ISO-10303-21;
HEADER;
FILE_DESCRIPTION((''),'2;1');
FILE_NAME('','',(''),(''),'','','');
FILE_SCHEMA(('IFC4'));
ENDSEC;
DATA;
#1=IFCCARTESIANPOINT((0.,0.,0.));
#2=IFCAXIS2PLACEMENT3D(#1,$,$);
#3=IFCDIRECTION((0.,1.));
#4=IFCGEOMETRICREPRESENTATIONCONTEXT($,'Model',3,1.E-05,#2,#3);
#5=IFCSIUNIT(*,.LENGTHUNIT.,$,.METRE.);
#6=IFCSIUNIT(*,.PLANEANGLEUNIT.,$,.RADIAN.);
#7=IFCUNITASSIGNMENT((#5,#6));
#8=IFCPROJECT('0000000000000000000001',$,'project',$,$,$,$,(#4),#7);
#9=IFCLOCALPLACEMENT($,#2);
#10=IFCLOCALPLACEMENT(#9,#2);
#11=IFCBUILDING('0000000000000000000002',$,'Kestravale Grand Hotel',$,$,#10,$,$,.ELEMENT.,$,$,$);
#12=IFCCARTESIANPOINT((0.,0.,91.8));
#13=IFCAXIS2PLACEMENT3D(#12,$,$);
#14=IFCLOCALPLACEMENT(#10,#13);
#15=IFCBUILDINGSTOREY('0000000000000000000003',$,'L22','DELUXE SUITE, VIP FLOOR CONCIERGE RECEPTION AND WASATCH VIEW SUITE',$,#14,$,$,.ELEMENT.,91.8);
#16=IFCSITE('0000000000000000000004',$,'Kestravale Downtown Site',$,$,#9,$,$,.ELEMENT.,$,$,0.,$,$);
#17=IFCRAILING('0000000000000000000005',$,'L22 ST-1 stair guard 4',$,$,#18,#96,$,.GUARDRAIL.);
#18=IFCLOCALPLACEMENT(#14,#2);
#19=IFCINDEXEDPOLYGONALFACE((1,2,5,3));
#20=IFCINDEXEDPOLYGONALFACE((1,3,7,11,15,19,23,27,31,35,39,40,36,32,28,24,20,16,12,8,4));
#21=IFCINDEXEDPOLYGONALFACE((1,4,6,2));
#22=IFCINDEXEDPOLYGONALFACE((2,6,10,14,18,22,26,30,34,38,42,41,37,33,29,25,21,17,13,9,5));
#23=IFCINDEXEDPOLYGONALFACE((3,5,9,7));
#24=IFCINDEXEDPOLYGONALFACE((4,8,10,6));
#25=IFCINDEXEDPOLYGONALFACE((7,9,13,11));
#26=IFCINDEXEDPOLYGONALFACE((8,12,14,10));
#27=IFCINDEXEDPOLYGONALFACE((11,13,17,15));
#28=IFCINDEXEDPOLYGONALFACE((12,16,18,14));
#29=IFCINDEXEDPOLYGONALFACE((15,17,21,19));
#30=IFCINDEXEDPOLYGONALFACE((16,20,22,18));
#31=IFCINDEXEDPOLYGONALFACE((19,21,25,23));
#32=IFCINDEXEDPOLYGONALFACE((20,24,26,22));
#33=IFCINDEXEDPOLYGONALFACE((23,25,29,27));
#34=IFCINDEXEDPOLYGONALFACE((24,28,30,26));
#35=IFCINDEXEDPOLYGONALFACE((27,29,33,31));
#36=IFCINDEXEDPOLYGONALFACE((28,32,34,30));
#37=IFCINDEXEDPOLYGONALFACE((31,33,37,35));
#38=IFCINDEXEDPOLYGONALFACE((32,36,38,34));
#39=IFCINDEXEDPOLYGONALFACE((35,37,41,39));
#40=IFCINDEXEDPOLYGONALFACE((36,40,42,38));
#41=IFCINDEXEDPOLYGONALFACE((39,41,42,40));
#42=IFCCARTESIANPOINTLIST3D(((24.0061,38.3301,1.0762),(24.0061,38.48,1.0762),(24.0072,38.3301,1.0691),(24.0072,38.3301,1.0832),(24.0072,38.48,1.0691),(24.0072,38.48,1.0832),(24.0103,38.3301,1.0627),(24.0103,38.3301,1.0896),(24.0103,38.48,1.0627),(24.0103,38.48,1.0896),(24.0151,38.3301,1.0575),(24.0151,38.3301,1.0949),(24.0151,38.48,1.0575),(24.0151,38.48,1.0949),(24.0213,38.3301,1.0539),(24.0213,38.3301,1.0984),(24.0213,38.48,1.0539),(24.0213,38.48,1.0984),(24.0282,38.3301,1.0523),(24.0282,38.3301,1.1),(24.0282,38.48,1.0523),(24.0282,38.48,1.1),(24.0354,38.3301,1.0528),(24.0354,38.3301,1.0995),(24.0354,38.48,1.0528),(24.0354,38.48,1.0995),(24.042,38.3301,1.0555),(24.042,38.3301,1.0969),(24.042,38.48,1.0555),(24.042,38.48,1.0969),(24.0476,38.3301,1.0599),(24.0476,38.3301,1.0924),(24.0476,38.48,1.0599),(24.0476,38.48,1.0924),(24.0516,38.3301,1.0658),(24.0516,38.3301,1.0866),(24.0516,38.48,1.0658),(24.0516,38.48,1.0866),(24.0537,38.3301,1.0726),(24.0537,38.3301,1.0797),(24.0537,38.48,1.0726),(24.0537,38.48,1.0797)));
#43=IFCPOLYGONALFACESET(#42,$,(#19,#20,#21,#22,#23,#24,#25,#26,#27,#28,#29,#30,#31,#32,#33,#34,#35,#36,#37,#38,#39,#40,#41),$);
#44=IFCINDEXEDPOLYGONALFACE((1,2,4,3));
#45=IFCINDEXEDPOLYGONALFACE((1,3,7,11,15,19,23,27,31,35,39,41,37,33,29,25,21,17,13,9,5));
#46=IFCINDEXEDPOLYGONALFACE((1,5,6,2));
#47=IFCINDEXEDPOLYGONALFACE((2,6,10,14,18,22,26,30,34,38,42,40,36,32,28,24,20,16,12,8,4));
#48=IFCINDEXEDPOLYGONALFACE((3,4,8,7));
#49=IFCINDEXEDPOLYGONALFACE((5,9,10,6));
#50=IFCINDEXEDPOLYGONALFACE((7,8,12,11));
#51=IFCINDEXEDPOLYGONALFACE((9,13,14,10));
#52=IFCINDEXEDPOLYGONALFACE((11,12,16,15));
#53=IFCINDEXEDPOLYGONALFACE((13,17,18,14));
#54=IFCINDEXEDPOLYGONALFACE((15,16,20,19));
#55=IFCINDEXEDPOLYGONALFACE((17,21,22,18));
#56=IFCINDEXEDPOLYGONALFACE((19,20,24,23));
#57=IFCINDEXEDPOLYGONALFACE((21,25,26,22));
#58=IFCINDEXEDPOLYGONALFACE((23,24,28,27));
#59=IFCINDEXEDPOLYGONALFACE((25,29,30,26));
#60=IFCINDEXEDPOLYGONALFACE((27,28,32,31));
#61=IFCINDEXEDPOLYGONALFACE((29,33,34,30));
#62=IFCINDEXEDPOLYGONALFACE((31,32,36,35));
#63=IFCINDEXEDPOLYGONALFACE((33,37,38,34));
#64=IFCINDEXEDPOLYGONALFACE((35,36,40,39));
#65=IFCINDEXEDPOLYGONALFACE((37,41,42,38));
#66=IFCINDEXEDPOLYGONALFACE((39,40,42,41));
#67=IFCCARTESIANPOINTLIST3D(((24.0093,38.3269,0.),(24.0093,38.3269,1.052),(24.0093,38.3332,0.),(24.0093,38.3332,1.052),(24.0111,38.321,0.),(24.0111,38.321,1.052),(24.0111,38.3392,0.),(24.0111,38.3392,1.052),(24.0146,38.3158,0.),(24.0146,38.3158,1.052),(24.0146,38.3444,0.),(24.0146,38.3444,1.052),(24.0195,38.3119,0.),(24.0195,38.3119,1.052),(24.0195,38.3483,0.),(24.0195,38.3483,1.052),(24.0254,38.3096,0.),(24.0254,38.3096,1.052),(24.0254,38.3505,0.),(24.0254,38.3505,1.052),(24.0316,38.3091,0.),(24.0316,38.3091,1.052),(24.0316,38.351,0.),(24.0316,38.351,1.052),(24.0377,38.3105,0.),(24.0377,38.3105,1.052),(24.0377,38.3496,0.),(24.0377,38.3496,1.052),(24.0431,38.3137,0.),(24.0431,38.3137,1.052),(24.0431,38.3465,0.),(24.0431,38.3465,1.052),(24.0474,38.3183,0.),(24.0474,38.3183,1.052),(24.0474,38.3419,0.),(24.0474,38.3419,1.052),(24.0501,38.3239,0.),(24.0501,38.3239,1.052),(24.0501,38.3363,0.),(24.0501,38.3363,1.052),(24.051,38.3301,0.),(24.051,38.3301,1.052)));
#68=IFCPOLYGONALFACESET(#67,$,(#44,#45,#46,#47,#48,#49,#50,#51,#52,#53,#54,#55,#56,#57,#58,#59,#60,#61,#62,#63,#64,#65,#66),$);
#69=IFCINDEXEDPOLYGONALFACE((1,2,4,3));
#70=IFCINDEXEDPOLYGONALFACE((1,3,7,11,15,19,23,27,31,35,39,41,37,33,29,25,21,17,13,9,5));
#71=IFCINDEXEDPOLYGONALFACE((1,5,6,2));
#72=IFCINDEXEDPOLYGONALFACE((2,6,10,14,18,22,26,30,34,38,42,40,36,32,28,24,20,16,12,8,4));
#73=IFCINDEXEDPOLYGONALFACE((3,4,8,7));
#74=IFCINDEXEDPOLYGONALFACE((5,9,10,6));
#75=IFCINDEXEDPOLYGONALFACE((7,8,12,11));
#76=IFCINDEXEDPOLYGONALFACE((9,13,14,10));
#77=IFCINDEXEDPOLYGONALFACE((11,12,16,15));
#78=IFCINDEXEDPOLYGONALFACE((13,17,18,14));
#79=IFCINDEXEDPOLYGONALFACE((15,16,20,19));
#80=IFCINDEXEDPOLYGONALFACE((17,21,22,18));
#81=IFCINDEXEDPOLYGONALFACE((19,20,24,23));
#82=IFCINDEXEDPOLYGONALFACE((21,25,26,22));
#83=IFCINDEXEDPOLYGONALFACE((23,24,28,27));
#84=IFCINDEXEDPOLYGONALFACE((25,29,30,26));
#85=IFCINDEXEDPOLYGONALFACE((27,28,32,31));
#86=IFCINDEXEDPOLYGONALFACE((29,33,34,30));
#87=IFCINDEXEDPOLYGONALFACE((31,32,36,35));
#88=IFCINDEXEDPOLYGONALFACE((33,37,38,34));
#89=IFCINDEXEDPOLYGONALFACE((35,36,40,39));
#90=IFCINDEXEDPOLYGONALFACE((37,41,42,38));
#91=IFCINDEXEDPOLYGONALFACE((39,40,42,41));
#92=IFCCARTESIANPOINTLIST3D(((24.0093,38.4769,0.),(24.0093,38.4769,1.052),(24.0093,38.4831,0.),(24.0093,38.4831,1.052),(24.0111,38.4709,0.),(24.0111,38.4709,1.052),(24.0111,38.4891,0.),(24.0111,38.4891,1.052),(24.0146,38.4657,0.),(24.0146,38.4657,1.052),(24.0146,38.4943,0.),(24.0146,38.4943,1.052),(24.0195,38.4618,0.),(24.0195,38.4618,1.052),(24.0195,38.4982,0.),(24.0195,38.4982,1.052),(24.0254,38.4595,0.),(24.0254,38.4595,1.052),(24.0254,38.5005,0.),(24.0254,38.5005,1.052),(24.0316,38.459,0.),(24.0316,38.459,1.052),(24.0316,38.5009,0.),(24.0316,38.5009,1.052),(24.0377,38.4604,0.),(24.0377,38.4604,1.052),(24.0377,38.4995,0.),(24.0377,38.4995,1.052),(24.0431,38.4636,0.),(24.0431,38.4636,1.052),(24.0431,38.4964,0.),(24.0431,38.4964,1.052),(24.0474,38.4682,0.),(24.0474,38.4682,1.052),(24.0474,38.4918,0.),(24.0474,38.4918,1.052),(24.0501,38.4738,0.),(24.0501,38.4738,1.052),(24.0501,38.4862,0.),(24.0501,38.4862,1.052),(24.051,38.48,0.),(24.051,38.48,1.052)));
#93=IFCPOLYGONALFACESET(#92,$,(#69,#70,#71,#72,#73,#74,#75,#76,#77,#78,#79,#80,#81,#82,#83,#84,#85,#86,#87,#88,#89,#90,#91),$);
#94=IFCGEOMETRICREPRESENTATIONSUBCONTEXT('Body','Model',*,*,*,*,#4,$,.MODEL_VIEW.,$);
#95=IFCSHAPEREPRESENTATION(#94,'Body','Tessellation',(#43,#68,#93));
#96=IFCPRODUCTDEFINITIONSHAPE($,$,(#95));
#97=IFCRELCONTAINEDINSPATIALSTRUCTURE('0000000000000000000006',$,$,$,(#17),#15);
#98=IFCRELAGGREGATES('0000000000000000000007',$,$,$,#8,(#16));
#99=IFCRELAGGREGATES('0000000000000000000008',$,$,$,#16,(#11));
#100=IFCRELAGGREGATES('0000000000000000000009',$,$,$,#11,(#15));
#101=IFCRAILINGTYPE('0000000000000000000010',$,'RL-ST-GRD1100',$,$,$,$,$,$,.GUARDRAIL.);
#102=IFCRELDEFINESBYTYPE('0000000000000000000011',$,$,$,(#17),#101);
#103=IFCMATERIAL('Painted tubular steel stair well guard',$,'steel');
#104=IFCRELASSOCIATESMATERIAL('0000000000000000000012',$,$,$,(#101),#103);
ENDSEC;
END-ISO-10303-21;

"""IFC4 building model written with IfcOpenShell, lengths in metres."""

from ifc_helpers import new_model, si_unit, direction, frame, origin, origin_2d, place, context, subcontext, project, spatial, circle, extrude, material, type_object, element, save


model = new_model("IFC4")

# Units and contexts
model_context = context("Model", 3, precision=1e-05, world=origin(), true_north=direction((0.0, 1.0)))
body_context = subcontext(model_context, "Body", "Model", "MODEL_VIEW")
ifc_project = project(units=[si_unit("LENGTHUNIT", "METRE"), si_unit("PLANEANGLEUNIT", "RADIAN")], contexts=[model_context])

# Site, building, storey
site_placement = place(None, origin())
site = spatial("IfcSite", under=ifc_project, at=site_placement, Name="Kestravale Downtown Site", CompositionType="ELEMENT", RefElevation=0.0)
building_placement = place(site_placement, origin())
building = spatial("IfcBuilding", under=site, at=building_placement, Name="Kestravale Grand Hotel", CompositionType="ELEMENT")
storey_placement = place(building_placement, frame((0.0, 0.0, 91.8)))
storey = spatial("IfcBuildingStorey", under=building, at=storey_placement, Name="L22", Description="DELUXE SUITE, VIP FLOOR CONCIERGE RECEPTION AND WASATCH VIEW SUITE", CompositionType="ELEMENT", Elevation=91.8)

# Railing
ifc_material_1 = material(Name="Painted tubular steel stair well guard", Category="steel")
railing_type_1 = type_object("IfcRailingType", Name="RL-ST-GRD1100", PredefinedType="GUARDRAIL", material=ifc_material_1)
railing_1_placement = place(storey_placement, frame((24.03, 38.3301, 0.0)))
element("IfcRailing", 1, at=railing_1_placement, inside=storey, type_object=railing_type_1, Name="L22 ST-1 stair guard 4", PredefinedType="GUARDRAIL", context=body_context, shape_type="SweptSolid", body=[
    extrude(circle(Radius=0.0239, at=origin_2d()), frame((0.0, 0.0, 1.0762), z_axis=(0.0, 1.0, 0.0), x_axis=(-1.0, 0.0, 0.0)), (0.0, 0.0, 1.0), 0.1499),
    extrude(circle(Radius=0.021, at=origin_2d()), origin(), (0.0, 0.0, 1.0), 1.052),
    extrude(circle(Radius=0.021, at=origin_2d()), frame((0.0, 0.1499, 0.0)), (0.0, 0.0, 1.0), 1.052),
])

save(model, "model.ifc")
